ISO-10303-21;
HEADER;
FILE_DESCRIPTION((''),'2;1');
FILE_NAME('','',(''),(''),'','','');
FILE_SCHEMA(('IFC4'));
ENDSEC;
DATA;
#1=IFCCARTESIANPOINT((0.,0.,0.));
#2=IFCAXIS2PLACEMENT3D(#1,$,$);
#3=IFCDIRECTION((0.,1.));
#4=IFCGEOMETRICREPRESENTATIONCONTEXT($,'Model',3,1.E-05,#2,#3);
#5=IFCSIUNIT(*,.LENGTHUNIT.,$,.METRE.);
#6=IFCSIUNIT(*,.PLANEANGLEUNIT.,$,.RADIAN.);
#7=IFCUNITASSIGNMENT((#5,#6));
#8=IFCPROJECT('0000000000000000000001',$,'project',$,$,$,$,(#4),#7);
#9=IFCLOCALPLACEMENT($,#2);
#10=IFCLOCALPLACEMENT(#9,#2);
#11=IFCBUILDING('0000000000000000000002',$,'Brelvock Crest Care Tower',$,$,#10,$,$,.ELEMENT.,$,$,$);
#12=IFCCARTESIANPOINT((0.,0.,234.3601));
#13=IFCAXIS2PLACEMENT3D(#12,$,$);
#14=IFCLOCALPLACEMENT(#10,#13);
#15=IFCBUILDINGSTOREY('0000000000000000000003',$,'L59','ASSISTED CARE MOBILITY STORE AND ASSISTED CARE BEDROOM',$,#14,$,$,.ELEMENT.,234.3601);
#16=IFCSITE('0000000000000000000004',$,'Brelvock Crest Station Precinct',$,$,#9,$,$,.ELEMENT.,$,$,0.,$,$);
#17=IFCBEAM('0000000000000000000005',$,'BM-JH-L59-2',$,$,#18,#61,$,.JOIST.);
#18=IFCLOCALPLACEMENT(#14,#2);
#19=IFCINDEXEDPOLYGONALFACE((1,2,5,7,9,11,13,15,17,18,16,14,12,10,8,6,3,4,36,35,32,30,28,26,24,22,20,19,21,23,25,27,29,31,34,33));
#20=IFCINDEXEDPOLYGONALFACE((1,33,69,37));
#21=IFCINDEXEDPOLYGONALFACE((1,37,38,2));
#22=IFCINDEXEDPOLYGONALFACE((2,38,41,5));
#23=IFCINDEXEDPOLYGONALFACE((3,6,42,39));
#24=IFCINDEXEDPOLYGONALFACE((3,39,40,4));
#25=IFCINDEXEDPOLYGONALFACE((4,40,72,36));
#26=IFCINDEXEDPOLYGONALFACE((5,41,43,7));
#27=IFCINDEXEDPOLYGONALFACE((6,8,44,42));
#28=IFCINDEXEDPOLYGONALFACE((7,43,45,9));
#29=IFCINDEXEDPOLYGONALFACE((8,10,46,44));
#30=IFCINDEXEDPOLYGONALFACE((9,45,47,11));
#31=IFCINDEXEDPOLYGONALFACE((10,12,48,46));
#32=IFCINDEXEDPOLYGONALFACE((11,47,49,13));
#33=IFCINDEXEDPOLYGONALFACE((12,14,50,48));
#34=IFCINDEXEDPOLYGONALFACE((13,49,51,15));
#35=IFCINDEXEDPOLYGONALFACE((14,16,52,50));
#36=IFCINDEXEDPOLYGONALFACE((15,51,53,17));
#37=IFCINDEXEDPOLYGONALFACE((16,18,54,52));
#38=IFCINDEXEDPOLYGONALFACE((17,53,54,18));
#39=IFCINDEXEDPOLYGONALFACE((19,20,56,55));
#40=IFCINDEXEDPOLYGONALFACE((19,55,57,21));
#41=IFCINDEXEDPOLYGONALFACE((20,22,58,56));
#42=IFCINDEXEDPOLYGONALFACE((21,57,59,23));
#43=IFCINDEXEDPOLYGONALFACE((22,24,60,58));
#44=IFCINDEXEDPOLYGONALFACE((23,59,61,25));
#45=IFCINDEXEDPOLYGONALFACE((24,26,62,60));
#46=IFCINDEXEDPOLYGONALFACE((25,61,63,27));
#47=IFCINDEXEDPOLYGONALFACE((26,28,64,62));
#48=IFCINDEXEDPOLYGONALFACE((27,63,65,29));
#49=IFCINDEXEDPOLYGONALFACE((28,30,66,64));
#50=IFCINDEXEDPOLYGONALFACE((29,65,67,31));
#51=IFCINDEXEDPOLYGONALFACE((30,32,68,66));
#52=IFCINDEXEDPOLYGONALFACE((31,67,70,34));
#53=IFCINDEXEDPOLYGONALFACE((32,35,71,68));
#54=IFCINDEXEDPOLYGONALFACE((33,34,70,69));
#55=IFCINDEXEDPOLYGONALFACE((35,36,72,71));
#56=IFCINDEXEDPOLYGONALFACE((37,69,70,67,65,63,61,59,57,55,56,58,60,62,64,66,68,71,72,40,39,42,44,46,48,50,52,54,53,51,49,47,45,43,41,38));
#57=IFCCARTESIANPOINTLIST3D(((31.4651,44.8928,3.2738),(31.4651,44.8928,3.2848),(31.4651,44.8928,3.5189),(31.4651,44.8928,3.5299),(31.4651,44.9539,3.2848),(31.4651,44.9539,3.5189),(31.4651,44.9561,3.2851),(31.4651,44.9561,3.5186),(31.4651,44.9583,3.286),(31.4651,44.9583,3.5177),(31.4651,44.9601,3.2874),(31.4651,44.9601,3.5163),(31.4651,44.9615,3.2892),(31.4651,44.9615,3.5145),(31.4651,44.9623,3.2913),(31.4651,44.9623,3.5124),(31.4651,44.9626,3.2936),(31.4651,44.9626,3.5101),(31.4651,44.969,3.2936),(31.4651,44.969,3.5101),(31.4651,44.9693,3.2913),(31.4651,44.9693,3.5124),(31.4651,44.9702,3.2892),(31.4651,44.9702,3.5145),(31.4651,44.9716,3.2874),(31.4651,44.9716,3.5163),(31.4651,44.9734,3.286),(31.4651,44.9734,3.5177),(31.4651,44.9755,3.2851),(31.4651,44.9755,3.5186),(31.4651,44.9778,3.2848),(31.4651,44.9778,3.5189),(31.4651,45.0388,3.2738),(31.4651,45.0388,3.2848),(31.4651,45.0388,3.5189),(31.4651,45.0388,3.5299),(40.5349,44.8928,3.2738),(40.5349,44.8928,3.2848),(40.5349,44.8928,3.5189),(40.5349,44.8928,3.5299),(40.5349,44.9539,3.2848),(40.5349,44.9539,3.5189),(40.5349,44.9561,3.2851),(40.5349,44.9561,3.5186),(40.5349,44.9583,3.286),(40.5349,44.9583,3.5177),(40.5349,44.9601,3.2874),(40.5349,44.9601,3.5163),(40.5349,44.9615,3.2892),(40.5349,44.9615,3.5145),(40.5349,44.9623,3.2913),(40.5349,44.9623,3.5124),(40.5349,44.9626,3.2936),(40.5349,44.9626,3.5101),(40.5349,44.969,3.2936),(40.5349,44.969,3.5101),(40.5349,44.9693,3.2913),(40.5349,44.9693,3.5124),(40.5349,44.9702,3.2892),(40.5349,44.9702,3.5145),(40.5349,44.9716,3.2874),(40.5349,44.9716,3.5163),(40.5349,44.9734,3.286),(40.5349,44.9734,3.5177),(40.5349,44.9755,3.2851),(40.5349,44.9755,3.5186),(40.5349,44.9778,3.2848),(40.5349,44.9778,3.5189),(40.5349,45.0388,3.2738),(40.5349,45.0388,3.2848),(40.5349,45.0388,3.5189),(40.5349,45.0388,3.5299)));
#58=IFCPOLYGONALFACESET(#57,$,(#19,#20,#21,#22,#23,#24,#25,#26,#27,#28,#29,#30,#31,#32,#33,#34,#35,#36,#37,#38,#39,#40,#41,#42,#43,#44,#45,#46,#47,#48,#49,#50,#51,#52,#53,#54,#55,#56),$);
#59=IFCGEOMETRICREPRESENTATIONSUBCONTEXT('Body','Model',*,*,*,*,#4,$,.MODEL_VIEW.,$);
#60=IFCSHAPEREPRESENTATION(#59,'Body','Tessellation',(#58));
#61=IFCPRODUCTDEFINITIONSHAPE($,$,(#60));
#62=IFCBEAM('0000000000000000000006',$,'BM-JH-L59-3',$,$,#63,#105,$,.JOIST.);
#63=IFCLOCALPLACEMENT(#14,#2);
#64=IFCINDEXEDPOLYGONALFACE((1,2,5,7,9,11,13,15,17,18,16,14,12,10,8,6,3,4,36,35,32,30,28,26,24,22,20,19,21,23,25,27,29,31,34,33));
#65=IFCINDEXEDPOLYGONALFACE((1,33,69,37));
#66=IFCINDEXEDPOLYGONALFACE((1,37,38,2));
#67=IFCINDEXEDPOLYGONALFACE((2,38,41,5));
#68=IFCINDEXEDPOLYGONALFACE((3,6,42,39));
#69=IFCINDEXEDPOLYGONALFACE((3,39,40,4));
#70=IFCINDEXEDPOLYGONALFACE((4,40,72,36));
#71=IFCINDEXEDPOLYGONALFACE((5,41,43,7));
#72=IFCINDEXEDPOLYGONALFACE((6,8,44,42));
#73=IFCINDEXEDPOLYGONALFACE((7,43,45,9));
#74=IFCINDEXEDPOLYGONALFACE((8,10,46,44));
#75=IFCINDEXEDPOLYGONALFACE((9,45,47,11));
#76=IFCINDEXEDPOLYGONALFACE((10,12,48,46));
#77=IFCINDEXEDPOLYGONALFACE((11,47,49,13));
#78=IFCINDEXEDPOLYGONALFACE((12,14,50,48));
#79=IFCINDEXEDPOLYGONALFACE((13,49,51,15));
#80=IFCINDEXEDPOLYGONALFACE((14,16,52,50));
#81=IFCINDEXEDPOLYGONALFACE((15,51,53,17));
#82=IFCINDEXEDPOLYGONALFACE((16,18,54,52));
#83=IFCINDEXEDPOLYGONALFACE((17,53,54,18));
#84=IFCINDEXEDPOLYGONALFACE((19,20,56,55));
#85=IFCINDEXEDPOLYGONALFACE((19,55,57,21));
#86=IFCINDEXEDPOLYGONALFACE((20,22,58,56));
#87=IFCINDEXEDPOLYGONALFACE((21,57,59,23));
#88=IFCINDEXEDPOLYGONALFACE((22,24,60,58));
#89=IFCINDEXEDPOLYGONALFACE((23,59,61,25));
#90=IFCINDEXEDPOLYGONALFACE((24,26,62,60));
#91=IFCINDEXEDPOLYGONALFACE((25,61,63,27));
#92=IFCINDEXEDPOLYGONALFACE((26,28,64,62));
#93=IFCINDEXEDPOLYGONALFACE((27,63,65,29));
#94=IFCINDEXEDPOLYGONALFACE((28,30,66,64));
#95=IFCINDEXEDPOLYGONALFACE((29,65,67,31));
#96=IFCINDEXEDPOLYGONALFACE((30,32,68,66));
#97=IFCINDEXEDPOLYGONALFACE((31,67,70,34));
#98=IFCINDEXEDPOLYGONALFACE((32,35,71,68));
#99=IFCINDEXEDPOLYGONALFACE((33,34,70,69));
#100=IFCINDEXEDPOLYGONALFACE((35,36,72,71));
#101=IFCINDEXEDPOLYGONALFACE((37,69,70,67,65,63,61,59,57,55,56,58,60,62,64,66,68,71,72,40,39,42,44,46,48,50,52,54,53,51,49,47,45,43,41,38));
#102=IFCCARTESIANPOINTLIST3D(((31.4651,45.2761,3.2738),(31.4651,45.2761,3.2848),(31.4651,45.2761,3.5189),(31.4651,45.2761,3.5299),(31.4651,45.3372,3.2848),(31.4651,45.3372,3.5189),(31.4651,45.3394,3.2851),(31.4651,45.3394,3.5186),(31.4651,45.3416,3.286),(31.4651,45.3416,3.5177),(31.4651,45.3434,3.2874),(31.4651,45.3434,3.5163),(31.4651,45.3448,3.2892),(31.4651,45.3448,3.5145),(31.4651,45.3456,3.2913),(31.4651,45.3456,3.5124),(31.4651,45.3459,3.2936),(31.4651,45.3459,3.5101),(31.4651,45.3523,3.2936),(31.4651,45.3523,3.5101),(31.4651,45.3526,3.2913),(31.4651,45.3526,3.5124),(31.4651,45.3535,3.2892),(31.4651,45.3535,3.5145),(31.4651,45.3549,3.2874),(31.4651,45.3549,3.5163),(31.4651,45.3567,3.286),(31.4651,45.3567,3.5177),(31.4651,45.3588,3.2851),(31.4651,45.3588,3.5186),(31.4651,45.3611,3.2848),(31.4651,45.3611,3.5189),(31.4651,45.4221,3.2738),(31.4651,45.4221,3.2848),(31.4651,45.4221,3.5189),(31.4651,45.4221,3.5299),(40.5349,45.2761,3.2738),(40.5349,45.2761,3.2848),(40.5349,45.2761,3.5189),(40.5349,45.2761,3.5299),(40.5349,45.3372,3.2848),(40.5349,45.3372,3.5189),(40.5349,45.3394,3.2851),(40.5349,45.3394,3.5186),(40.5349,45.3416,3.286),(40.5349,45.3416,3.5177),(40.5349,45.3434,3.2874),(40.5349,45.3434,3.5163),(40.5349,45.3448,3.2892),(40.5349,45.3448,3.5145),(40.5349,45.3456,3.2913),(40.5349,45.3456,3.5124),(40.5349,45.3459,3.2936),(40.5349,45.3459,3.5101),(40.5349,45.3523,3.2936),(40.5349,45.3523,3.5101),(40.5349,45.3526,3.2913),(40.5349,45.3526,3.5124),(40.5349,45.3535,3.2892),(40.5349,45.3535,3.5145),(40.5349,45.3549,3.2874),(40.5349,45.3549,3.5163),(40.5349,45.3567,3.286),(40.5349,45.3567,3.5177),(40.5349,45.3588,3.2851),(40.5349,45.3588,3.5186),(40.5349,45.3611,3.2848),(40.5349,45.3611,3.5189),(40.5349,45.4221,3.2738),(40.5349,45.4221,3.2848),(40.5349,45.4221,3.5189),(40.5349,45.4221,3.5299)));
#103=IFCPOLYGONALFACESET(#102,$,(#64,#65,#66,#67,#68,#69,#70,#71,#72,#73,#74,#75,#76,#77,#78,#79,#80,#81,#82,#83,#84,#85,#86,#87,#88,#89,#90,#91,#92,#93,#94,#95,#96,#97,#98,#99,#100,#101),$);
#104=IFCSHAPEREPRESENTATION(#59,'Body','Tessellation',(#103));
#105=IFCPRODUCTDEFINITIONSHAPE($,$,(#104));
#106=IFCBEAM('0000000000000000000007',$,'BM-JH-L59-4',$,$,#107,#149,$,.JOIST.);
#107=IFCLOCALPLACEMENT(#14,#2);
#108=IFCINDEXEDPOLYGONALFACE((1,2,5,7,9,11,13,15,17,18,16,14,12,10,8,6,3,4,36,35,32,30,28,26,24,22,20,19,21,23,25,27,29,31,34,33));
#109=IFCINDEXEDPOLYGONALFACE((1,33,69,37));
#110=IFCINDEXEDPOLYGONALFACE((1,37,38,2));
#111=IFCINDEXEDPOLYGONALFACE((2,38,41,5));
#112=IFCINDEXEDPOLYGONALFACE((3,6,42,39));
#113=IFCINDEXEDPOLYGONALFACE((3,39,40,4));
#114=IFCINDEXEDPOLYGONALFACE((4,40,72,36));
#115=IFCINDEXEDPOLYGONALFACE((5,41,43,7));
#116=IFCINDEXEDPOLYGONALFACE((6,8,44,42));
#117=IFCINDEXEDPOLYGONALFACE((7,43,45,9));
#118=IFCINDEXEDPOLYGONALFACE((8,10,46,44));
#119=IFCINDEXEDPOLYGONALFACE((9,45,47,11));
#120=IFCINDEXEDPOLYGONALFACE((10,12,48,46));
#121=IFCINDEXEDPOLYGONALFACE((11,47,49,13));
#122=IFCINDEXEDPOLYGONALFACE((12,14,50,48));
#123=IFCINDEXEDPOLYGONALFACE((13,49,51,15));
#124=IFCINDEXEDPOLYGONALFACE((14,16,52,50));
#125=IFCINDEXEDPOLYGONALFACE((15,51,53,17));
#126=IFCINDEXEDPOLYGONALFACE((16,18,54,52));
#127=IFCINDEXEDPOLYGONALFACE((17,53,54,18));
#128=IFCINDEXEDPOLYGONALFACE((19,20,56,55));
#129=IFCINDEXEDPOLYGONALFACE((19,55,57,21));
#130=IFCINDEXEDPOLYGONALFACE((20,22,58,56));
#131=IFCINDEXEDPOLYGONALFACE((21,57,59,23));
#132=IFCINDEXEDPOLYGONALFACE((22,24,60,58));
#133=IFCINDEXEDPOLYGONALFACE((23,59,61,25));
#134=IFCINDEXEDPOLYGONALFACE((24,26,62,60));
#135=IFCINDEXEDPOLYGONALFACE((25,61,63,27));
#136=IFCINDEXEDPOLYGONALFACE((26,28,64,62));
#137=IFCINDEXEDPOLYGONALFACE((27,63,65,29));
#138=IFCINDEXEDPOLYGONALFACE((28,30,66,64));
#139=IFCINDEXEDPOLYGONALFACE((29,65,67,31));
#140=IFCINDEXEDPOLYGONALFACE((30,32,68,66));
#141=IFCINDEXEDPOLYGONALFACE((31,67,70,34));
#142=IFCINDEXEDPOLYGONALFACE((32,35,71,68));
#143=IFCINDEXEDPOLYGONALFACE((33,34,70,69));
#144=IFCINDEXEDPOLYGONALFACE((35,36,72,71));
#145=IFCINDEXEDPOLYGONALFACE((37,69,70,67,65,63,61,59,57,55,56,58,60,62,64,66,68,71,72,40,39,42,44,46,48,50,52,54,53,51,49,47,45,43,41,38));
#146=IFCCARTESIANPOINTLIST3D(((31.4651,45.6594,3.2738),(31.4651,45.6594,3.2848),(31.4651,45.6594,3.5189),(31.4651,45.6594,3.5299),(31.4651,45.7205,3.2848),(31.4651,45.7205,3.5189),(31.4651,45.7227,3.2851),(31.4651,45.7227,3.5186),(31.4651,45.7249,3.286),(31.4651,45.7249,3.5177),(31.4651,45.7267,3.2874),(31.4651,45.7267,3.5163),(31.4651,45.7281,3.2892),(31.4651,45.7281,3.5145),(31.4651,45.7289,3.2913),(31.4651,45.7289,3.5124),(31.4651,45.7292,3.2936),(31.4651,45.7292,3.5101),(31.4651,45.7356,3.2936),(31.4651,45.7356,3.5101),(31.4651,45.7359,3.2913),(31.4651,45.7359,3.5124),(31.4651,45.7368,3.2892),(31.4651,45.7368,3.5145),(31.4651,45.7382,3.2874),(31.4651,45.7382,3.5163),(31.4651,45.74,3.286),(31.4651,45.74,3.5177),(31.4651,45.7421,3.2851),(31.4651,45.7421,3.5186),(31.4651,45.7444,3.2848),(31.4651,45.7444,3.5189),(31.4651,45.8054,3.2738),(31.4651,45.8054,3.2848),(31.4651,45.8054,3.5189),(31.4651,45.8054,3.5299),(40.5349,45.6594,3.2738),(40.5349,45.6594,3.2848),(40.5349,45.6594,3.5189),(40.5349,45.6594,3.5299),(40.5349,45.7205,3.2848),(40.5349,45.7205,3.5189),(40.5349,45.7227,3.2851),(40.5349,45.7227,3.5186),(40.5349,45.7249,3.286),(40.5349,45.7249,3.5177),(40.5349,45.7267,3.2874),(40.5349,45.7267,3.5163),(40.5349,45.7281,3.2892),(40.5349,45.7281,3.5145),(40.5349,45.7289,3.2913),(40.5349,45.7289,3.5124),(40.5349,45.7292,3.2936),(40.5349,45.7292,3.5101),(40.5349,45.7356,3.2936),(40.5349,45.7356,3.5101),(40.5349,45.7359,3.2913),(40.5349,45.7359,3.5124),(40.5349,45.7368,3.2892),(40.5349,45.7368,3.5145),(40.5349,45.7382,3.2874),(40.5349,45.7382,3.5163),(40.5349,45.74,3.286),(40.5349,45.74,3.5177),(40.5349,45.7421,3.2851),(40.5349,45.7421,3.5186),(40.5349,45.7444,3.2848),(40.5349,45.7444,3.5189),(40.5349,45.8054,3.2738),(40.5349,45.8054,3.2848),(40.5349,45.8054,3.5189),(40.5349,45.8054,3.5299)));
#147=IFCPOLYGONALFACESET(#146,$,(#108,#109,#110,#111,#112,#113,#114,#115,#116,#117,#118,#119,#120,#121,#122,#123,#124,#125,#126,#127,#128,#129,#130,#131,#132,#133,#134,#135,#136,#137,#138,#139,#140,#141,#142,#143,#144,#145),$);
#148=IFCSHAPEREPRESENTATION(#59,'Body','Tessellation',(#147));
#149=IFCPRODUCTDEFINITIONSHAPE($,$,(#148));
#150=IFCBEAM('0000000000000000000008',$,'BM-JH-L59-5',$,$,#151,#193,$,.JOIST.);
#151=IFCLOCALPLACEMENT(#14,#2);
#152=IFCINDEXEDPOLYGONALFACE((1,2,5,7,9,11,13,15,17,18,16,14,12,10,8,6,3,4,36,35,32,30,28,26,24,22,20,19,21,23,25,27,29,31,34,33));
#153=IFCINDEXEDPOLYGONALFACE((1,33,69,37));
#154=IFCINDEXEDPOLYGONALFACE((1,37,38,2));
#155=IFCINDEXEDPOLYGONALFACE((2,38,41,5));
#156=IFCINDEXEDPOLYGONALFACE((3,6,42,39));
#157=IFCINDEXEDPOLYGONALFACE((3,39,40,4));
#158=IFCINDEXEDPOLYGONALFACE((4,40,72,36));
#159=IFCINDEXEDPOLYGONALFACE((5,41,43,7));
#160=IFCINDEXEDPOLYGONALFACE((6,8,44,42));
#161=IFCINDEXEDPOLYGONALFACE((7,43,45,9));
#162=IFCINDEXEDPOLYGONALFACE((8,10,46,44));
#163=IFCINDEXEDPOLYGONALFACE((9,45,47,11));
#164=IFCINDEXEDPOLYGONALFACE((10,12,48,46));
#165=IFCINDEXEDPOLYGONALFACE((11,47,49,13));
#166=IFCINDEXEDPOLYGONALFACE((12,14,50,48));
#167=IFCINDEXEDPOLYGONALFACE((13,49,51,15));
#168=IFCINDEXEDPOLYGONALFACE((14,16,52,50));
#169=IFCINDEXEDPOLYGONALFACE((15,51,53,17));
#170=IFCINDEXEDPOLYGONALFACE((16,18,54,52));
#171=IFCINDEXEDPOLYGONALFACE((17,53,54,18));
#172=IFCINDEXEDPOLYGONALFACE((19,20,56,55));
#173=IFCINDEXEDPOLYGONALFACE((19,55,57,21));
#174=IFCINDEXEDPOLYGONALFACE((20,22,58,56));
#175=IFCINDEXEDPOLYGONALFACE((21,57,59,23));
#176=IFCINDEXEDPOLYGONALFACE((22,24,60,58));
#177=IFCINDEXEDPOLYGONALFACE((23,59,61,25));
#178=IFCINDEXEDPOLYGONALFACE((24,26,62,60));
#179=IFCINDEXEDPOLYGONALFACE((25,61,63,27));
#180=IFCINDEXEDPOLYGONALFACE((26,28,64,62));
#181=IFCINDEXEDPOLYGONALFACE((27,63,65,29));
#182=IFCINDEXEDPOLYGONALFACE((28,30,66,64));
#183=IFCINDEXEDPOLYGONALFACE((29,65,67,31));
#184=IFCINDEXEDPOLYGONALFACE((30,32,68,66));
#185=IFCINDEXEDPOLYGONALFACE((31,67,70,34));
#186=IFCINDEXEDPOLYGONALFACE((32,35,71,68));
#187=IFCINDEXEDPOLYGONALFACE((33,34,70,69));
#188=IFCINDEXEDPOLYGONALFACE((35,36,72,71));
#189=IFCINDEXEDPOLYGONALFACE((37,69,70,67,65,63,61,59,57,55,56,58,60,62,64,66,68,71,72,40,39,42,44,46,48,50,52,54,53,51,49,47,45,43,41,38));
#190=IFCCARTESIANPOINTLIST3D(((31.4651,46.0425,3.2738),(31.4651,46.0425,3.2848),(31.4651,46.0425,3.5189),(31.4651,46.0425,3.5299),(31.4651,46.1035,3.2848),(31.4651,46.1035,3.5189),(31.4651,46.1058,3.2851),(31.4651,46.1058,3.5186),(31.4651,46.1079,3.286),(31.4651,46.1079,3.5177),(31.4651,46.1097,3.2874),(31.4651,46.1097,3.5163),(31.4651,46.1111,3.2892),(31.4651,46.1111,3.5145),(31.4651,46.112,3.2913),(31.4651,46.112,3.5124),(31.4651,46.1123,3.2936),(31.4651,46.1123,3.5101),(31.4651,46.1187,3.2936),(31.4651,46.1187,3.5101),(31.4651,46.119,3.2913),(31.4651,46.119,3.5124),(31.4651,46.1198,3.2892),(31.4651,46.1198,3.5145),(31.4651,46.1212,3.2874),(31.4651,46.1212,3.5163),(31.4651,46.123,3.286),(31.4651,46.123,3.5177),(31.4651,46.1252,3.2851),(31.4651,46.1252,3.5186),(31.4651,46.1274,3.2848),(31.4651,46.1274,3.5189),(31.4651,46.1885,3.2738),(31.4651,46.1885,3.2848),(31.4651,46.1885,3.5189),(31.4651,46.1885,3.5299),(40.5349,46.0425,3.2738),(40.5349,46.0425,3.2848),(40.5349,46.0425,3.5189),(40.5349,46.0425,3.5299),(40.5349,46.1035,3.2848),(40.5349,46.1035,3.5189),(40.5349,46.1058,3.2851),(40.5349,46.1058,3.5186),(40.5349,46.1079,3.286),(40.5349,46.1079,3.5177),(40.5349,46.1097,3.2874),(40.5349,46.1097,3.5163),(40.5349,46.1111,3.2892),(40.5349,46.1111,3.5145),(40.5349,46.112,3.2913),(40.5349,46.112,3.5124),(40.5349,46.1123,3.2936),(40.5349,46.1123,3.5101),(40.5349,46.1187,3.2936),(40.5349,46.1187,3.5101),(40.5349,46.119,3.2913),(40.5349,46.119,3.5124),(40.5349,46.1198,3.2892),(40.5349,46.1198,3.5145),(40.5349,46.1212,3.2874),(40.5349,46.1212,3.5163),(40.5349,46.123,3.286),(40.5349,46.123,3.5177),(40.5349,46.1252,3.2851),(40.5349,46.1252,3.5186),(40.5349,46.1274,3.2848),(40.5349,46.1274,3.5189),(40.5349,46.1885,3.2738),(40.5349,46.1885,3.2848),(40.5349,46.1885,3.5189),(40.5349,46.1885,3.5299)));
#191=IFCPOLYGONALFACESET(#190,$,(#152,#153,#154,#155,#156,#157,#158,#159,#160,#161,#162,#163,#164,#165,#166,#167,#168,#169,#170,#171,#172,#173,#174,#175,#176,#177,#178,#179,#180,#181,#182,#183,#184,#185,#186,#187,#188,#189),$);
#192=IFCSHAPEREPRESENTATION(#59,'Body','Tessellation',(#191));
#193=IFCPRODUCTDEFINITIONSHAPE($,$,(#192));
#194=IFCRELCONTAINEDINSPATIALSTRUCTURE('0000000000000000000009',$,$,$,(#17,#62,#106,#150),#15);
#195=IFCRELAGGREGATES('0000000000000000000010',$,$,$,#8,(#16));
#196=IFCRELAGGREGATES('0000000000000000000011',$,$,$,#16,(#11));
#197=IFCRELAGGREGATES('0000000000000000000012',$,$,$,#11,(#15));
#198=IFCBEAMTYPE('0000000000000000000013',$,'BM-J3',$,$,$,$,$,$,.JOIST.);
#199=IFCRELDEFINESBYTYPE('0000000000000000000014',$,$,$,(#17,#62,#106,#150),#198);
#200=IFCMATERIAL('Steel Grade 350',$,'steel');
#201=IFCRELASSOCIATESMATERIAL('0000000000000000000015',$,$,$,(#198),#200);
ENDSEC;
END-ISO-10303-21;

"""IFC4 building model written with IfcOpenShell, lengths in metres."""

from ifc_helpers import new_model, si_unit, direction, frame, origin, origin_2d, place, context, subcontext, project, spatial, i_section, extrude, source, transform, mapped, material, material_profile, profile_set, type_object, element, save


model = new_model("IFC4")

# Units and contexts
model_context = context("Model", 3, precision=1e-05, world=origin(), true_north=direction((0.0, 1.0)))
body_context = subcontext(model_context, "Body", "Model", "MODEL_VIEW")
ifc_project = project(units=[si_unit("LENGTHUNIT", "METRE"), si_unit("PLANEANGLEUNIT", "RADIAN")], contexts=[model_context])

# Site, building, storey
site_placement = place(None, origin())
site = spatial("IfcSite", under=ifc_project, at=site_placement, Name="Brelvock Crest Station Precinct", CompositionType="ELEMENT", RefElevation=0.0)
building_placement = place(site_placement, origin())
building = spatial("IfcBuilding", under=site, at=building_placement, Name="Brelvock Crest Care Tower", CompositionType="ELEMENT")
storey_placement = place(building_placement, frame((0.0, 0.0, 234.3601)))
storey = spatial("IfcBuildingStorey", under=building, at=storey_placement, Name="L59", Description="ASSISTED CARE MOBILITY STORE AND ASSISTED CARE BEDROOM", CompositionType="ELEMENT", Elevation=234.3601)

# Beams
ifc_material_1 = material(Name="Steel Grade 350", Category="steel")
ifc_material_profile_1 = material_profile(ifc_material_1, i_section(OverallWidth=0.146, OverallDepth=0.2561, WebThickness=0.0063, FlangeThickness=0.011, FilletRadius=0.0088, at=origin_2d()), Name="250UB37.3")
ifc_profile_set_1 = profile_set([ifc_material_profile_1], Name="Steel Grade 350")
beam_type_1 = type_object("IfcBeamType", Name="BM-J3", PredefinedType="JOIST", material=ifc_profile_set_1)
shared_shape_1 = source(origin(), body_context, "Body", "SweptSolid", [
    extrude(i_section(OverallWidth=0.146, OverallDepth=0.2561, WebThickness=0.0063, FlangeThickness=0.011, FilletRadius=0.0088, at=origin_2d()), origin(), (0.0, 0.0, 1.0), 9.0698),
])
for number, where, z_axis, x_axis, name in (
    (1, (31.4651, 44.9658, 3.4019), (1.0, 0.0, 0.0), (0.0, 1.0, 0.0), "BM-JH-L59-2"),
    (2, (31.4651, 45.3491, 3.4019), (1.0, 0.0, 0.0), (0.0, 1.0, 0.0), "BM-JH-L59-3"),
    (3, (31.4651, 45.7324, 3.4019), (1.0, 0.0, 0.0), (0.0, 1.0, 0.0), "BM-JH-L59-4"),
    (4, (31.4651, 46.1155, 3.4019), (1.0, 0.0, 0.0), (0.0, 1.0, 0.0), "BM-JH-L59-5"),
):
    element("IfcBeam", number, at=place(storey_placement, frame(where, z_axis=z_axis, x_axis=x_axis)), inside=storey, type_object=beam_type_1, Name=name, PredefinedType="JOIST", context=body_context, shape_type="MappedRepresentation", body=[
        mapped(shared_shape_1, transform((0.0, 0.0, 0.0), x_axis=(1.0, 0.0, 0.0), y_axis=(0.0, 1.0, 0.0), z_axis=(0.0, 0.0, 1.0), scale=1.0)),
    ])

save(model, "model.ifc")
